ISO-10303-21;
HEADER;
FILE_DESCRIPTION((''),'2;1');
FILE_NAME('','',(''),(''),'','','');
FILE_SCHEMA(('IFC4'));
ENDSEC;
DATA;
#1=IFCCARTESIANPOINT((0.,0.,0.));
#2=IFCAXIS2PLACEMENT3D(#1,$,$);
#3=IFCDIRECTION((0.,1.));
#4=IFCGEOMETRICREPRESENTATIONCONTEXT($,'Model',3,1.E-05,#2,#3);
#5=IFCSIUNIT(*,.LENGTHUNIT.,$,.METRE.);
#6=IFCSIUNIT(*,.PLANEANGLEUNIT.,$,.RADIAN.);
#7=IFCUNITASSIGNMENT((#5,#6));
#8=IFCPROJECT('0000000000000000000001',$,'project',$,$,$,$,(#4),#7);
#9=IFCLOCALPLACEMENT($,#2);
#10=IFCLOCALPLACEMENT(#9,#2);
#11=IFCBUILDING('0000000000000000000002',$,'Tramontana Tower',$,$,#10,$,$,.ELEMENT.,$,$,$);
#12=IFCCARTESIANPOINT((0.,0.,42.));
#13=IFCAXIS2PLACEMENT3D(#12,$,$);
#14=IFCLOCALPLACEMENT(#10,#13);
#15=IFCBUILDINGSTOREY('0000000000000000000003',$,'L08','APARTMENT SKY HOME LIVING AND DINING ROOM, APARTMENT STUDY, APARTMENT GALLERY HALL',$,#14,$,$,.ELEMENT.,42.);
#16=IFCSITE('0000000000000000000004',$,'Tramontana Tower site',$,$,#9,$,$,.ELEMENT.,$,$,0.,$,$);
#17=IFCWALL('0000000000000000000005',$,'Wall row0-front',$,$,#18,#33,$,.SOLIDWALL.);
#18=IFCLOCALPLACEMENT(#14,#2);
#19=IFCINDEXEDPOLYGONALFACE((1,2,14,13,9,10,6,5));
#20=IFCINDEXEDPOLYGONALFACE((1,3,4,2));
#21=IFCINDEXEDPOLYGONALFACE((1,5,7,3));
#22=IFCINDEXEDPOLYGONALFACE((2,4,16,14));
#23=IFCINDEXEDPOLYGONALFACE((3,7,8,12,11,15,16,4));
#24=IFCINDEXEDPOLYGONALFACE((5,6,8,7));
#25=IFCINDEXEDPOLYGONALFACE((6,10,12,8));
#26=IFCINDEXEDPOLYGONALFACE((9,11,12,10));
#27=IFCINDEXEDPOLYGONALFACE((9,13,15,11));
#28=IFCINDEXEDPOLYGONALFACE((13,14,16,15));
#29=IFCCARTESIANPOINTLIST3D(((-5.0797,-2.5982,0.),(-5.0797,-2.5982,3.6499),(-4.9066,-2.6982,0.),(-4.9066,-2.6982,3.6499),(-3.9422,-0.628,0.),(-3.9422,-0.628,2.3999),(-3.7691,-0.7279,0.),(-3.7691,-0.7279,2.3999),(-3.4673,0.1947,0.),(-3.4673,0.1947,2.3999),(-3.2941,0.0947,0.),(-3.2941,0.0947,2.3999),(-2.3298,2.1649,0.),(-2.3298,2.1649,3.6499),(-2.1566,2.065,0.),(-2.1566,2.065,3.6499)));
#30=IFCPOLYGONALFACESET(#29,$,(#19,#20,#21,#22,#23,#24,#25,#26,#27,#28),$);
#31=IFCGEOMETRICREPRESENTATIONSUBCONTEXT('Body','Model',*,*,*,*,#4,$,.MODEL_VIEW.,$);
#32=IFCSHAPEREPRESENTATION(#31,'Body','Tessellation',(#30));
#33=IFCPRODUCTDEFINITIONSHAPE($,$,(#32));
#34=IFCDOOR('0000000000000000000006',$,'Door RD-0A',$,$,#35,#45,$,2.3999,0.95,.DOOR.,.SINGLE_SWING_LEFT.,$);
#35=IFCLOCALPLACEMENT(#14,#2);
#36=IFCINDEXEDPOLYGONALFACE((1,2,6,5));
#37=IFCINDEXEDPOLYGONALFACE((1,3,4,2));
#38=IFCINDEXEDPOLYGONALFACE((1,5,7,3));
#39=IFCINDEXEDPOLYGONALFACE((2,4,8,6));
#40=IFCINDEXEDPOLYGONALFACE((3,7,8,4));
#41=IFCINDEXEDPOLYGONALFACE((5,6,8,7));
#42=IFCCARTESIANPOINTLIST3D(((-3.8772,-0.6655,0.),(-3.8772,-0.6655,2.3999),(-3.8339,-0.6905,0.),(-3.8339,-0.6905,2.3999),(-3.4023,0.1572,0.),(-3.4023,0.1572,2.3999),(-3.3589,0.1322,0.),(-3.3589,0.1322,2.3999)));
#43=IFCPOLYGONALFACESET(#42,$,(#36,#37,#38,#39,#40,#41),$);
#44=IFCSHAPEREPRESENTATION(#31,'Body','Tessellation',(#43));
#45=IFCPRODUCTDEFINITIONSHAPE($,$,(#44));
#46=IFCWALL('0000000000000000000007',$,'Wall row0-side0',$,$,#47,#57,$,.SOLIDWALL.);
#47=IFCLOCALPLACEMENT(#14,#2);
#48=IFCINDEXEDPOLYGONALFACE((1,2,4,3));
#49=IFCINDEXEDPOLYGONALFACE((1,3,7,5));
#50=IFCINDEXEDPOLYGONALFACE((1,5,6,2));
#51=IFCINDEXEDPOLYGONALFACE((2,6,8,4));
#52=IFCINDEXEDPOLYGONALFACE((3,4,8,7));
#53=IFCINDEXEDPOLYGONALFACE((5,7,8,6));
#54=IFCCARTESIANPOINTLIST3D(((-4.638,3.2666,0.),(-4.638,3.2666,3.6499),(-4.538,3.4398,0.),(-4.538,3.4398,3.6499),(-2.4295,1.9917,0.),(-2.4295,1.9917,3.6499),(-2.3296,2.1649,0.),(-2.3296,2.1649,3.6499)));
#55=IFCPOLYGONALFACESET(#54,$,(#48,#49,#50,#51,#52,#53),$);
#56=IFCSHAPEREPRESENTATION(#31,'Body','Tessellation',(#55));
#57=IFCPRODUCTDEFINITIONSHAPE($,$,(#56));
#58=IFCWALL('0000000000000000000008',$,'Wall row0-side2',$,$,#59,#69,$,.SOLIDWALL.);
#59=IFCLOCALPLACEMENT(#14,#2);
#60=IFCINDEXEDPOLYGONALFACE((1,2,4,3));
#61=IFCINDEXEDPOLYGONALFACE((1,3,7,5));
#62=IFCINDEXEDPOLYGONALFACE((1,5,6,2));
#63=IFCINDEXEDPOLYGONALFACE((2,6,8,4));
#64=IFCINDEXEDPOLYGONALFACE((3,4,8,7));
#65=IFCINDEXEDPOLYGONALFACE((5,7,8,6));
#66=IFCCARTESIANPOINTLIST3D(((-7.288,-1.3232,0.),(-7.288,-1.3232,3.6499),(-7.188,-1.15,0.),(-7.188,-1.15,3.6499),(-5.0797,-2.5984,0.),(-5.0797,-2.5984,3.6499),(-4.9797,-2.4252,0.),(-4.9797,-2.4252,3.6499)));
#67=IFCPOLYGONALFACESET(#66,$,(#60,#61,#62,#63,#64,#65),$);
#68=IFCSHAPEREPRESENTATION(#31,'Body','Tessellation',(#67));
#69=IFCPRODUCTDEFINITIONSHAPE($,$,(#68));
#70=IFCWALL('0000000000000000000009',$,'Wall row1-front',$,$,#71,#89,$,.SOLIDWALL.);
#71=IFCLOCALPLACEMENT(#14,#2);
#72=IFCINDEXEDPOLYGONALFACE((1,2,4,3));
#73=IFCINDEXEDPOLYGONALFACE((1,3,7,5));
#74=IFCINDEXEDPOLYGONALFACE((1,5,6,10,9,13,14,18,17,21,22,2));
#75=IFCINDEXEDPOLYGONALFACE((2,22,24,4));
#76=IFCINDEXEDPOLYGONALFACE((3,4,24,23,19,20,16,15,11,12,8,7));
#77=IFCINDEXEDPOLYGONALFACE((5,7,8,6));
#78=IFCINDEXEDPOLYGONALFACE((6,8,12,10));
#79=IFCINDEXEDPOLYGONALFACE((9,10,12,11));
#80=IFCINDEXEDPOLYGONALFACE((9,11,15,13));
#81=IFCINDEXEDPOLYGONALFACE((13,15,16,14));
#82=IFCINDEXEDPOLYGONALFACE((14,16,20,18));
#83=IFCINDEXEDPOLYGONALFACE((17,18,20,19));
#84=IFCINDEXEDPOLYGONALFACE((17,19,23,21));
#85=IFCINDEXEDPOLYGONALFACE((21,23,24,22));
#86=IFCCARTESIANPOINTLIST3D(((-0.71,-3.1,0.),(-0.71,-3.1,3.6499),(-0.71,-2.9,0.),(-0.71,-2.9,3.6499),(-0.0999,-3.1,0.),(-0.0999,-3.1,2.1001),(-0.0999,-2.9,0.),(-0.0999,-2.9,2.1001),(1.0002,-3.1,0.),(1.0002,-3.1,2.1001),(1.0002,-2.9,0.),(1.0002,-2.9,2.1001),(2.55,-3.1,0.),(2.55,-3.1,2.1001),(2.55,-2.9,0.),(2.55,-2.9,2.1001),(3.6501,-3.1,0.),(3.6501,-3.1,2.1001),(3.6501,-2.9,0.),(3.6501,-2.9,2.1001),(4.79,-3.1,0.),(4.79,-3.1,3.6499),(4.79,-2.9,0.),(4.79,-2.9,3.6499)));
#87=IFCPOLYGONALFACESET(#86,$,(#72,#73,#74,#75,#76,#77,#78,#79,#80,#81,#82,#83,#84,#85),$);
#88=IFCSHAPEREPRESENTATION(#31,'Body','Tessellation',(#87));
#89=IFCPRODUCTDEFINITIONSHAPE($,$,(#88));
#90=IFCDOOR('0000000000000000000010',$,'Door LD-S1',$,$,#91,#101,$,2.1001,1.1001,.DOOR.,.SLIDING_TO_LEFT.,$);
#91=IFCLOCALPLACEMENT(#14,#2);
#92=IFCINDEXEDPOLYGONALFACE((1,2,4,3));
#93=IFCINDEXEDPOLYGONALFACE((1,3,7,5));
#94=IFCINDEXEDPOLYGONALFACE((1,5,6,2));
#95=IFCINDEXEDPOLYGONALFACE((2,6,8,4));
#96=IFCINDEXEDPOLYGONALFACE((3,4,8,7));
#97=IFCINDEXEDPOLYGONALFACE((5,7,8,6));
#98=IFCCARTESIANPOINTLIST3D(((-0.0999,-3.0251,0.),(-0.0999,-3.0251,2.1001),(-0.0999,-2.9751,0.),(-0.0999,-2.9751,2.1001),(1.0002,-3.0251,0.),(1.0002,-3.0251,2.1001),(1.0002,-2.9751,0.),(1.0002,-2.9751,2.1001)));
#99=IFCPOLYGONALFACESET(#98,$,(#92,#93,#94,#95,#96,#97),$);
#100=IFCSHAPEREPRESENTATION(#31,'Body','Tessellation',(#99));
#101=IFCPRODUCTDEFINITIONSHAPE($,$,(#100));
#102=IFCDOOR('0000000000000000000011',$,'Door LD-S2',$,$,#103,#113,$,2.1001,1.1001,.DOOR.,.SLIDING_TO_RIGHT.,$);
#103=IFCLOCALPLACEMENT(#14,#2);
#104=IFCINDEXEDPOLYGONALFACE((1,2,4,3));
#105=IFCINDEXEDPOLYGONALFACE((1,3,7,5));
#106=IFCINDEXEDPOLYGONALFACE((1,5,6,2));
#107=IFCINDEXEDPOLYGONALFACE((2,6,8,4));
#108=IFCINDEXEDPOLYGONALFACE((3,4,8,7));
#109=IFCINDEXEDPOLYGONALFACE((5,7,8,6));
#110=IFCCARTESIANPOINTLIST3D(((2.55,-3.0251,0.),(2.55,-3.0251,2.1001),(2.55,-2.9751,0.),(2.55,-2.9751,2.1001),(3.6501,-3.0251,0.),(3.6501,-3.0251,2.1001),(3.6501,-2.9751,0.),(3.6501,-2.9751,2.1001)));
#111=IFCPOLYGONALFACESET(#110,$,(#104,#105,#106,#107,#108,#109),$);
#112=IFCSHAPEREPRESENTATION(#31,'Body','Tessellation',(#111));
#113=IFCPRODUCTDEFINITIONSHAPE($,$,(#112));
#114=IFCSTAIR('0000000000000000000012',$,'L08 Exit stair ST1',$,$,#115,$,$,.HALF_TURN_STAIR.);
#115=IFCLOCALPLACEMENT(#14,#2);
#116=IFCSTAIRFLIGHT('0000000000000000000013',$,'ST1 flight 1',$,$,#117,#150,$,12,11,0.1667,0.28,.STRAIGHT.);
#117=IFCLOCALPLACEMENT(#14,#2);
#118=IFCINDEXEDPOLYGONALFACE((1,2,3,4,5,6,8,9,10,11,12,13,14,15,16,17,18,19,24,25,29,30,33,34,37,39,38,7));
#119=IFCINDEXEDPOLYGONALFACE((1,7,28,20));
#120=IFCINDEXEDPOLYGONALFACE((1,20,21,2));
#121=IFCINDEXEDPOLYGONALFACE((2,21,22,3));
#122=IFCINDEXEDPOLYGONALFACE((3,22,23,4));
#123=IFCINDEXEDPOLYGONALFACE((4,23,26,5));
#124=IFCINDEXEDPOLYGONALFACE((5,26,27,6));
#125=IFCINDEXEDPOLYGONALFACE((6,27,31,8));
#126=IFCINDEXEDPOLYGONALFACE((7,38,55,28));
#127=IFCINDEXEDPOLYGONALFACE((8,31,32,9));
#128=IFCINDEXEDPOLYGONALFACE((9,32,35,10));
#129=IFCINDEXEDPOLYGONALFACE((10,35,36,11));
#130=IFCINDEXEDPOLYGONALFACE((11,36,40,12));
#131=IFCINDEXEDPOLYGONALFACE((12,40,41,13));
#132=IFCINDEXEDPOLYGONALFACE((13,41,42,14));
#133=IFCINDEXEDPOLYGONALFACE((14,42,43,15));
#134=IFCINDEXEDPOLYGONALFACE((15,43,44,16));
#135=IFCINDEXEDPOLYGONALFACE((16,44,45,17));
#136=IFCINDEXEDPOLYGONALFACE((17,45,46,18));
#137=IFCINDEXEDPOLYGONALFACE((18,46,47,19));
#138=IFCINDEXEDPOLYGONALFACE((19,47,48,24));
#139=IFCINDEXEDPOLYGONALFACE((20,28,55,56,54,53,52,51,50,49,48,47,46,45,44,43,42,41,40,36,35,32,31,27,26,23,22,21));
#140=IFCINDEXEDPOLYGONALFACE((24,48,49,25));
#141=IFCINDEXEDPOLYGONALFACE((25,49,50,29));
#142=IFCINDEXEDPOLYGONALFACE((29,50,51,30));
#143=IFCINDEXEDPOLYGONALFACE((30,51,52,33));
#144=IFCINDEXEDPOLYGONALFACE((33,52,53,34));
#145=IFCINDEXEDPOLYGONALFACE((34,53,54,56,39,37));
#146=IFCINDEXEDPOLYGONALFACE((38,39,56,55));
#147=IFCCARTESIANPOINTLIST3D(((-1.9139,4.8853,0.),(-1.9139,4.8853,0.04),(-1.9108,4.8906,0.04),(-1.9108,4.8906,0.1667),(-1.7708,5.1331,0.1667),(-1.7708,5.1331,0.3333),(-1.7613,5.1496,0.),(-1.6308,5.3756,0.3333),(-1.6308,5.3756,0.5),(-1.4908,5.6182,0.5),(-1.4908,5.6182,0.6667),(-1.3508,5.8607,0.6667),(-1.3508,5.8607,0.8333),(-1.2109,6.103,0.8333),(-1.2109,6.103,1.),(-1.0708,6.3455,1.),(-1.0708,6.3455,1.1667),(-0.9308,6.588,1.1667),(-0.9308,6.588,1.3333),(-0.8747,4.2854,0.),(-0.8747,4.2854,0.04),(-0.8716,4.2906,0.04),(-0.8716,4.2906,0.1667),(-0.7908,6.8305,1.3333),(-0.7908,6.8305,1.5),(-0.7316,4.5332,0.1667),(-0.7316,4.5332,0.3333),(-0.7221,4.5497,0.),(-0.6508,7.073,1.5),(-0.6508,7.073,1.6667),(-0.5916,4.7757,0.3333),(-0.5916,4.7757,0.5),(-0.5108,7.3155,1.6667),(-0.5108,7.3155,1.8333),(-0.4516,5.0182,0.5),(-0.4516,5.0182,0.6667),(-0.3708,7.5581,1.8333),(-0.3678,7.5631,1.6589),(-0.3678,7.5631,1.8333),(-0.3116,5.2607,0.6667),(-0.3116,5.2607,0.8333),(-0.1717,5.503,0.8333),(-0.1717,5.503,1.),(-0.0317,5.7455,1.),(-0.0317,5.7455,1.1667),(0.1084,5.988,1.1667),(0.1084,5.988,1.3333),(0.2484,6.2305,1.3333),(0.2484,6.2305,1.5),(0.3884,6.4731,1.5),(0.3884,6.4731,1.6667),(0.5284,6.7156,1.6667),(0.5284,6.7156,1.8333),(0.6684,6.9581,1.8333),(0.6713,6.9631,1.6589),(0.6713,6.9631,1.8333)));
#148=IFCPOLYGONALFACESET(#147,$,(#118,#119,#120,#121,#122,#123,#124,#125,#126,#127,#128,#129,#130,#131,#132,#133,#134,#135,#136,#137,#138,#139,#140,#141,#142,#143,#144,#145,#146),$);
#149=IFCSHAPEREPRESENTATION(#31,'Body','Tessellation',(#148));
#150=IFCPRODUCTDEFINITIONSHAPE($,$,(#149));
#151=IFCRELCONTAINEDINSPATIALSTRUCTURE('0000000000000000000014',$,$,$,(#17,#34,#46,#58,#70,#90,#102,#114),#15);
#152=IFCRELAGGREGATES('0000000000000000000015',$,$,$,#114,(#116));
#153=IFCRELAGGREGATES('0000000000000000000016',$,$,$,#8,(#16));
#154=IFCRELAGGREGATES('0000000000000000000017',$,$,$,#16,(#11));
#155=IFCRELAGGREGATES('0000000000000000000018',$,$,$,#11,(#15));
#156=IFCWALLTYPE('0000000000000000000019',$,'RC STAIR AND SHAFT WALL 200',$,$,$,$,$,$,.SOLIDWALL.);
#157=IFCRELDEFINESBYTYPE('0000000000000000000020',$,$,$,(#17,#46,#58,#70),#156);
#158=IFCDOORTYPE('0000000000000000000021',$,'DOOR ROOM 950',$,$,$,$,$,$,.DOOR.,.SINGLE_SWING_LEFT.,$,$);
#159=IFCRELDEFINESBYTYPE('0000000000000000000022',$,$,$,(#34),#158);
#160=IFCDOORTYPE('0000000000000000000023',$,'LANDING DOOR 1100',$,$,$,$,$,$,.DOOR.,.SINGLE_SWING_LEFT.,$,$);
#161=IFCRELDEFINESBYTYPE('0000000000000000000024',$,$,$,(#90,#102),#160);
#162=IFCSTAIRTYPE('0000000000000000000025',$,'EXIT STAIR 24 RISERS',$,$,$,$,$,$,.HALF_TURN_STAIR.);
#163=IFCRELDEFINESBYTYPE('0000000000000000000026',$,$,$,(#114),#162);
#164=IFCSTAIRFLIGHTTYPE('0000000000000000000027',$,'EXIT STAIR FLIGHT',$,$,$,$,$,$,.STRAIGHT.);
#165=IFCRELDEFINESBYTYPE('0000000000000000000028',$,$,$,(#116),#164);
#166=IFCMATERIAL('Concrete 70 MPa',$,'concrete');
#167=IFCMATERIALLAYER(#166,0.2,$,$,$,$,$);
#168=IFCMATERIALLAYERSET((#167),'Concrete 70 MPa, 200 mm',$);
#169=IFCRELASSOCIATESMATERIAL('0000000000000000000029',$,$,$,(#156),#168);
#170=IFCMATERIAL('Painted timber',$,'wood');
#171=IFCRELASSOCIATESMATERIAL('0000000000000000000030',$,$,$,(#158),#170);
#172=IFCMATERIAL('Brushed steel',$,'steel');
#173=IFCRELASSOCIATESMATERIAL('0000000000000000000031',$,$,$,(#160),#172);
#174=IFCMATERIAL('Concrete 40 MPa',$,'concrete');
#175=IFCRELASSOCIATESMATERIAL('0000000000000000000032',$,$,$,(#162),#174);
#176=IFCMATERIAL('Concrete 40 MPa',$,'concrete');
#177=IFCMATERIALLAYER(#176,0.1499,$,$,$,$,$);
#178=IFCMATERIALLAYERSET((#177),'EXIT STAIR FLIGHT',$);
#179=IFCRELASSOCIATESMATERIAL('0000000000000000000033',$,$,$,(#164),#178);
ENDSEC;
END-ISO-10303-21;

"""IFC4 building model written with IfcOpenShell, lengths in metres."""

from ifc_helpers import new_model, si_unit, direction, frame, frame_2d, origin, place, context, subcontext, project, spatial, polyline, rectangle, outline, extrude, material, layer, layer_set, type_object, element, fill, aggregate, save


model = new_model("IFC4")

# Units and contexts
model_context = context("Model", 3, precision=1e-05, world=origin(), true_north=direction((0.0, 1.0)))
body_context = subcontext(model_context, "Body", "Model", "MODEL_VIEW")
ifc_project = project(units=[si_unit("LENGTHUNIT", "METRE"), si_unit("PLANEANGLEUNIT", "RADIAN")], contexts=[model_context])

# Site, building, storey
site_placement = place(None, origin())
site = spatial("IfcSite", under=ifc_project, at=site_placement, Name="Tramontana Tower site", CompositionType="ELEMENT", RefElevation=0.0)
building_placement = place(site_placement, origin())
building = spatial("IfcBuilding", under=site, at=building_placement, Name="Tramontana Tower", CompositionType="ELEMENT")
storey_placement = place(building_placement, frame((0.0, 0.0, 42.0)))
storey = spatial("IfcBuildingStorey", under=building, at=storey_placement, Name="L08", Description="APARTMENT SKY HOME LIVING AND DINING ROOM, APARTMENT STUDY, APARTMENT GALLERY HALL", CompositionType="ELEMENT", Elevation=42.0)

# Shared definitions
ifc_material_1 = material(Name="Concrete 70 MPa", Category="concrete")
ifc_layer_1 = layer(ifc_material_1, 0.2)
ifc_layer_set_1 = layer_set([ifc_layer_1], Name="Concrete 70 MPa, 200 mm")
wall_type_1 = type_object("IfcWallType", Name="RC STAIR AND SHAFT WALL 200", PredefinedType="SOLIDWALL", material=ifc_layer_set_1)

# Wall, opening, door
wall_1_placement = place(storey_placement, frame((-4.9932, -2.6482, 0.0), z_axis=(0.0, 0.0, 1.0), x_axis=(0.499997, 0.866027, 0.0)))
wall_1 = element("IfcWall", 1, at=wall_1_placement, inside=storey, type_object=wall_type_1, Name="Wall row0-front", PredefinedType="SOLIDWALL", context=body_context, shape_type="SweptSolid", body=[
    extrude(rectangle(XDim=5.5, YDim=0.2, at=frame_2d((2.75, 0.0))), origin(), (0.0, 0.0, 1.0), 3.6499),
])
opening_1_placement = place(wall_1_placement, frame((2.2749, 0.0, 0.0)))
opening_1 = element("IfcOpeningElement", 2, at=opening_1_placement, cuts=wall_1, PredefinedType="OPENING", context=body_context, shape_type="SweptSolid", body=[
    extrude(rectangle(XDim=0.95, YDim=2.3999, at=frame_2d((0.4751, 1.2))), frame((0.0, 0.1099, 0.0), z_axis=(0.0, -1.0, 0.0), x_axis=(1.0, 0.0, 0.0)), (0.0, 0.0, 1.0), 0.22),
])
ifc_material_2 = material(Name="Painted timber", Category="wood")
door_type_1 = type_object("IfcDoorType", Name="DOOR ROOM 950", OperationType="SINGLE_SWING_LEFT", PredefinedType="DOOR", material=ifc_material_2)
door_1_placement = place(opening_1_placement, origin())
door_1 = element("IfcDoor", 3, at=door_1_placement, inside=storey, type_object=door_type_1, Name="Door RD-0A", OperationType="SINGLE_SWING_LEFT", OverallHeight=2.3999, OverallWidth=0.95, PredefinedType="DOOR", context=body_context, shape_type="SweptSolid", body=[
    extrude(rectangle(XDim=0.95, YDim=2.3999, at=frame_2d((0.4751, 1.2))), frame((0.0, 0.0249, 0.0), z_axis=(0.0, -1.0, 0.0), x_axis=(1.0, 0.0, 0.0)), (0.0, 0.0, 1.0), 0.05),
])
fill(opening_1, door_1)

# Walls
for number, where, z_axis, x_axis, name in (
    (4, (-2.3796, 2.0784, 0.0), (0.0, 0.0, 1.0), (-0.866055, 0.499949, 0.0), "Wall row0-side0"),
    (5, (-5.0298, -2.5117, 0.0), (0.0, 0.0, 1.0), (-0.865989, 0.500062, 0.0), "Wall row0-side2"),
):
    element("IfcWall", number, at=place(storey_placement, frame(where, z_axis=z_axis, x_axis=x_axis)), inside=storey, type_object=wall_type_1, Name=name, PredefinedType="SOLIDWALL", context=body_context, shape_type="SweptSolid", body=[
        extrude(rectangle(XDim=2.55, YDim=0.2, at=frame_2d((1.2749, 0.0))), origin(), (0.0, 0.0, 1.0), 3.6499),
    ])

# Wall, openings, doors
wall_2_placement = place(storey_placement, frame((-0.71, -3.0, 0.0), z_axis=(0.0, 0.0, 1.0), x_axis=(1.0, 0.0, 0.0)))
wall_2 = element("IfcWall", 6, at=wall_2_placement, inside=storey, type_object=wall_type_1, Name="Wall row1-front", PredefinedType="SOLIDWALL", context=body_context, shape_type="SweptSolid", body=[
    extrude(rectangle(XDim=5.5, YDim=0.2, at=frame_2d((2.75, 0.0))), origin(), (0.0, 0.0, 1.0), 3.6499),
])
opening_2_placement = place(wall_2_placement, frame((0.6101, 0.0, 0.0)))
opening_2 = element("IfcOpeningElement", 7, at=opening_2_placement, cuts=wall_2, PredefinedType="OPENING", context=body_context, shape_type="SweptSolid", body=[
    extrude(rectangle(XDim=1.1001, YDim=2.1001, at=frame_2d((0.55, 1.05))), frame((0.0, 0.1099, 0.0), z_axis=(0.0, -1.0, 0.0), x_axis=(1.0, 0.0, 0.0)), (0.0, 0.0, 1.0), 0.22),
])
opening_3_placement = place(wall_2_placement, frame((3.26, 0.0, 0.0)))
opening_3 = element("IfcOpeningElement", 8, at=opening_3_placement, cuts=wall_2, PredefinedType="OPENING", context=body_context, shape_type="SweptSolid", body=[
    extrude(rectangle(XDim=1.1001, YDim=2.1001, at=frame_2d((0.55, 1.05))), frame((0.0, 0.1099, 0.0), z_axis=(0.0, -1.0, 0.0), x_axis=(1.0, 0.0, 0.0)), (0.0, 0.0, 1.0), 0.22),
])
ifc_material_3 = material(Name="Brushed steel", Category="steel")
door_type_2 = type_object("IfcDoorType", Name="LANDING DOOR 1100", OperationType="SINGLE_SWING_LEFT", PredefinedType="DOOR", material=ifc_material_3)
door_2_placement = place(opening_2_placement, origin())
door_2 = element("IfcDoor", 9, at=door_2_placement, inside=storey, type_object=door_type_2, Name="Door LD-S1", OperationType="SLIDING_TO_LEFT", OverallHeight=2.1001, OverallWidth=1.1001, PredefinedType="DOOR", context=body_context, shape_type="SweptSolid", body=[
    extrude(rectangle(XDim=1.1001, YDim=2.1001, at=frame_2d((0.55, 1.05))), frame((0.0, 0.0249, 0.0), z_axis=(0.0, -1.0, 0.0), x_axis=(1.0, 0.0, 0.0)), (0.0, 0.0, 1.0), 0.05),
])
fill(opening_2, door_2)
door_3_placement = place(opening_3_placement, origin())
door_3 = element("IfcDoor", 10, at=door_3_placement, inside=storey, type_object=door_type_2, Name="Door LD-S2", OperationType="SLIDING_TO_RIGHT", OverallHeight=2.1001, OverallWidth=1.1001, PredefinedType="DOOR", context=body_context, shape_type="SweptSolid", body=[
    extrude(rectangle(XDim=1.1001, YDim=2.1001, at=frame_2d((0.55, 1.05))), frame((0.0, 0.0249, 0.0), z_axis=(0.0, -1.0, 0.0), x_axis=(1.0, 0.0, 0.0)), (0.0, 0.0, 1.0), 0.05),
])
fill(opening_3, door_3)

# Stair, stair flight
ifc_material_4 = material(Name="Concrete 40 MPa", Category="concrete")
stair_type = type_object("IfcStairType", Name="EXIT STAIR 24 RISERS", PredefinedType="HALF_TURN_STAIR", material=ifc_material_4)
stair_placement = place(storey_placement, origin())
stair = element("IfcStair", 11, at=stair_placement, inside=storey, type_object=stair_type, Name="L08 Exit stair ST1", PredefinedType="HALF_TURN_STAIR")
ifc_material_5 = material(Name="Concrete 40 MPa", Category="concrete")
ifc_layer_2 = layer(ifc_material_5, 0.1499)
ifc_layer_set_2 = layer_set([ifc_layer_2], Name="EXIT STAIR FLIGHT")
stair_flight_type = type_object("IfcStairFlightType", Name="EXIT STAIR FLIGHT", PredefinedType="STRAIGHT", material=ifc_layer_set_2)
stair_flight_1_placement = place(storey_placement, frame((-1.3911, 4.5906, 0.0), z_axis=(0.0, 0.0, 1.0), x_axis=(0.5, 0.866025, 0.0)))
stair_flight_1 = element("IfcStairFlight", 12, at=stair_flight_1_placement, type_object=stair_flight_type, Name="ST1 flight 1", NumberOfRisers=12, NumberOfTreads=11, PredefinedType="STRAIGHT", RiserHeight=0.1667, TreadLength=0.28, context=body_context, shape_type="SweptSolid", body=[
    extrude(outline(polyline([(-0.0061, 0.0), (-0.0061, 0.04), (0.0, 0.04), (0.0, 0.1667), (0.28, 0.1667), (0.28, 0.3333), (0.5601, 0.3333), (0.5601, 0.5), (0.8401, 0.5), (0.8401, 0.6667), (1.1201, 0.6667), (1.1201, 0.8333), (1.3999, 0.8333), (1.3999, 1.0), (1.6799, 1.0), (1.6799, 1.1667), (1.96, 1.1667), (1.96, 1.3333), (2.24, 1.3333), (2.24, 1.5), (2.52, 1.5), (2.52, 1.6667), (2.8, 1.6667), (2.8, 1.8333), (3.0801, 1.8333), (3.0859, 1.8333), (3.0859, 1.6589), (0.2991, 0.0), (-0.0061, 0.0)])), frame((0.0, 0.6001, 0.0), z_axis=(0.0, -1.0, 0.0), x_axis=(1.0, 0.0, 0.0)), (0.0, 0.0, 1.0), 1.2),
])
aggregate(stair, [stair_flight_1])

save(model, "model.ifc")
